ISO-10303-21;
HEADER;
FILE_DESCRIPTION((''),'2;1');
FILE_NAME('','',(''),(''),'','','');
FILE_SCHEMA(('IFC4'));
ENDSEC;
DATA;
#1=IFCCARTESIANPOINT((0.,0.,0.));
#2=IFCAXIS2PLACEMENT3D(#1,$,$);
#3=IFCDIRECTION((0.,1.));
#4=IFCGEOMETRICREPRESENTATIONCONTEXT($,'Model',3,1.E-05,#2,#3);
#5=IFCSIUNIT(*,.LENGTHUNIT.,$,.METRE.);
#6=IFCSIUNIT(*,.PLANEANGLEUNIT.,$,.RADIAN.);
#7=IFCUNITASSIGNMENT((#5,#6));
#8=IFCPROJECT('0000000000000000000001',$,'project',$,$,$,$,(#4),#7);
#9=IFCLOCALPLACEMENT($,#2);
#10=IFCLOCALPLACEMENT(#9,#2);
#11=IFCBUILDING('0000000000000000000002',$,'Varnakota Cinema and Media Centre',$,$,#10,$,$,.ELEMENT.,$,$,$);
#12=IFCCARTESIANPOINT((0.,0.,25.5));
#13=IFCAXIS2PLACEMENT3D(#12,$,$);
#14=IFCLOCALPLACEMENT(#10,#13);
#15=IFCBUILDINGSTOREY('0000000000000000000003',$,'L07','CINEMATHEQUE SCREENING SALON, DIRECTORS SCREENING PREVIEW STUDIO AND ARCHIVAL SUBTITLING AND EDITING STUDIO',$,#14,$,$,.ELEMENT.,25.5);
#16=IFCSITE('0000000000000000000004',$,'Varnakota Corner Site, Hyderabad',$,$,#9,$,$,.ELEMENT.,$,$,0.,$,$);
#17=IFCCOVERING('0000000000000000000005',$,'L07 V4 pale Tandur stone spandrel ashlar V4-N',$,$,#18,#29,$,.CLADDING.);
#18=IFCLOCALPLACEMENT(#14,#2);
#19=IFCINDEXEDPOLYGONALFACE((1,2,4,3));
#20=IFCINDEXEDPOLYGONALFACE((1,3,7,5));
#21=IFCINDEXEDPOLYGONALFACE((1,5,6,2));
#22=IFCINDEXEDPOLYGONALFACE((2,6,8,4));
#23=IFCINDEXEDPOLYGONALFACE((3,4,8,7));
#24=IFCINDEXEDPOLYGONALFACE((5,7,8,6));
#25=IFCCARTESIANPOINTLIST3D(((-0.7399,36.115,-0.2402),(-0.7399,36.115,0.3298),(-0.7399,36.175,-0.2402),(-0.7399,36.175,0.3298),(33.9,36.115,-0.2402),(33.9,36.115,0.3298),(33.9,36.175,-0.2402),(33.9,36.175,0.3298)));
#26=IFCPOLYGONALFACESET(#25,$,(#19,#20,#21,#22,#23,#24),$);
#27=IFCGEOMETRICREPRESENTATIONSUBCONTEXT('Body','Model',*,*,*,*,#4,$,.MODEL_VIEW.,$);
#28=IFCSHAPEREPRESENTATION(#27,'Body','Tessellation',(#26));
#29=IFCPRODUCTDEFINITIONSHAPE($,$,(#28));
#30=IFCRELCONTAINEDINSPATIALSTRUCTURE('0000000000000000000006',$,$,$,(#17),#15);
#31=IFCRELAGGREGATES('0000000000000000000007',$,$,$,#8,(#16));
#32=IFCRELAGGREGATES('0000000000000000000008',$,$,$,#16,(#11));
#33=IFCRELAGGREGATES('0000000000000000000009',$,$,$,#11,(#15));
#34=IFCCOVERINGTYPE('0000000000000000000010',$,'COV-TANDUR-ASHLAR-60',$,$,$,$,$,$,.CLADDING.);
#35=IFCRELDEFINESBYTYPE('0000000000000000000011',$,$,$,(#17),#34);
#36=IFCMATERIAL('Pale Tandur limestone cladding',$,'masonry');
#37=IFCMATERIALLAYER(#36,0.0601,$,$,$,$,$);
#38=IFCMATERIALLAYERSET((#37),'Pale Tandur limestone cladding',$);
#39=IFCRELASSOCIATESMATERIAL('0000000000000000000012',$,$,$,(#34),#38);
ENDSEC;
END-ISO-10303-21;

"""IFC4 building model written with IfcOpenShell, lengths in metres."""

from ifc_helpers import new_model, si_unit, direction, frame, origin, origin_2d, place, context, subcontext, project, spatial, rectangle, extrude, material, layer, layer_set, type_object, element, save


model = new_model("IFC4")

# Units and contexts
model_context = context("Model", 3, precision=1e-05, world=origin(), true_north=direction((0.0, 1.0)))
body_context = subcontext(model_context, "Body", "Model", "MODEL_VIEW")
ifc_project = project(units=[si_unit("LENGTHUNIT", "METRE"), si_unit("PLANEANGLEUNIT", "RADIAN")], contexts=[model_context])

# Site, building, storey
site_placement = place(None, origin())
site = spatial("IfcSite", under=ifc_project, at=site_placement, Name="Varnakota Corner Site, Hyderabad", CompositionType="ELEMENT", RefElevation=0.0)
building_placement = place(site_placement, origin())
building = spatial("IfcBuilding", under=site, at=building_placement, Name="Varnakota Cinema and Media Centre", CompositionType="ELEMENT")
storey_placement = place(building_placement, frame((0.0, 0.0, 25.5)))
storey = spatial("IfcBuildingStorey", under=building, at=storey_placement, Name="L07", Description="CINEMATHEQUE SCREENING SALON, DIRECTORS SCREENING PREVIEW STUDIO AND ARCHIVAL SUBTITLING AND EDITING STUDIO", CompositionType="ELEMENT", Elevation=25.5)

# Covering
ifc_material_1 = material(Name="Pale Tandur limestone cladding", Category="masonry")
ifc_layer_1 = layer(ifc_material_1, 0.0601)
ifc_layer_set_1 = layer_set([ifc_layer_1], Name="Pale Tandur limestone cladding")
covering_type = type_object("IfcCoveringType", Name="COV-TANDUR-ASHLAR-60", PredefinedType="CLADDING", material=ifc_layer_set_1)
covering_placement = place(storey_placement, frame((16.5801, 36.145, -0.2402), z_axis=(0.0, 0.0, 1.0), x_axis=(1.0, 0.0, 0.0)))
element("IfcCovering", 1, at=covering_placement, inside=storey, type_object=covering_type, Name="L07 V4 pale Tandur stone spandrel ashlar V4-N", PredefinedType="CLADDING", context=body_context, shape_type="SweptSolid", body=[
    extrude(rectangle(XDim=34.6399, YDim=0.0601, at=origin_2d()), origin(), (0.0, 0.0, 1.0), 0.5701),
])

save(model, "model.ifc")
